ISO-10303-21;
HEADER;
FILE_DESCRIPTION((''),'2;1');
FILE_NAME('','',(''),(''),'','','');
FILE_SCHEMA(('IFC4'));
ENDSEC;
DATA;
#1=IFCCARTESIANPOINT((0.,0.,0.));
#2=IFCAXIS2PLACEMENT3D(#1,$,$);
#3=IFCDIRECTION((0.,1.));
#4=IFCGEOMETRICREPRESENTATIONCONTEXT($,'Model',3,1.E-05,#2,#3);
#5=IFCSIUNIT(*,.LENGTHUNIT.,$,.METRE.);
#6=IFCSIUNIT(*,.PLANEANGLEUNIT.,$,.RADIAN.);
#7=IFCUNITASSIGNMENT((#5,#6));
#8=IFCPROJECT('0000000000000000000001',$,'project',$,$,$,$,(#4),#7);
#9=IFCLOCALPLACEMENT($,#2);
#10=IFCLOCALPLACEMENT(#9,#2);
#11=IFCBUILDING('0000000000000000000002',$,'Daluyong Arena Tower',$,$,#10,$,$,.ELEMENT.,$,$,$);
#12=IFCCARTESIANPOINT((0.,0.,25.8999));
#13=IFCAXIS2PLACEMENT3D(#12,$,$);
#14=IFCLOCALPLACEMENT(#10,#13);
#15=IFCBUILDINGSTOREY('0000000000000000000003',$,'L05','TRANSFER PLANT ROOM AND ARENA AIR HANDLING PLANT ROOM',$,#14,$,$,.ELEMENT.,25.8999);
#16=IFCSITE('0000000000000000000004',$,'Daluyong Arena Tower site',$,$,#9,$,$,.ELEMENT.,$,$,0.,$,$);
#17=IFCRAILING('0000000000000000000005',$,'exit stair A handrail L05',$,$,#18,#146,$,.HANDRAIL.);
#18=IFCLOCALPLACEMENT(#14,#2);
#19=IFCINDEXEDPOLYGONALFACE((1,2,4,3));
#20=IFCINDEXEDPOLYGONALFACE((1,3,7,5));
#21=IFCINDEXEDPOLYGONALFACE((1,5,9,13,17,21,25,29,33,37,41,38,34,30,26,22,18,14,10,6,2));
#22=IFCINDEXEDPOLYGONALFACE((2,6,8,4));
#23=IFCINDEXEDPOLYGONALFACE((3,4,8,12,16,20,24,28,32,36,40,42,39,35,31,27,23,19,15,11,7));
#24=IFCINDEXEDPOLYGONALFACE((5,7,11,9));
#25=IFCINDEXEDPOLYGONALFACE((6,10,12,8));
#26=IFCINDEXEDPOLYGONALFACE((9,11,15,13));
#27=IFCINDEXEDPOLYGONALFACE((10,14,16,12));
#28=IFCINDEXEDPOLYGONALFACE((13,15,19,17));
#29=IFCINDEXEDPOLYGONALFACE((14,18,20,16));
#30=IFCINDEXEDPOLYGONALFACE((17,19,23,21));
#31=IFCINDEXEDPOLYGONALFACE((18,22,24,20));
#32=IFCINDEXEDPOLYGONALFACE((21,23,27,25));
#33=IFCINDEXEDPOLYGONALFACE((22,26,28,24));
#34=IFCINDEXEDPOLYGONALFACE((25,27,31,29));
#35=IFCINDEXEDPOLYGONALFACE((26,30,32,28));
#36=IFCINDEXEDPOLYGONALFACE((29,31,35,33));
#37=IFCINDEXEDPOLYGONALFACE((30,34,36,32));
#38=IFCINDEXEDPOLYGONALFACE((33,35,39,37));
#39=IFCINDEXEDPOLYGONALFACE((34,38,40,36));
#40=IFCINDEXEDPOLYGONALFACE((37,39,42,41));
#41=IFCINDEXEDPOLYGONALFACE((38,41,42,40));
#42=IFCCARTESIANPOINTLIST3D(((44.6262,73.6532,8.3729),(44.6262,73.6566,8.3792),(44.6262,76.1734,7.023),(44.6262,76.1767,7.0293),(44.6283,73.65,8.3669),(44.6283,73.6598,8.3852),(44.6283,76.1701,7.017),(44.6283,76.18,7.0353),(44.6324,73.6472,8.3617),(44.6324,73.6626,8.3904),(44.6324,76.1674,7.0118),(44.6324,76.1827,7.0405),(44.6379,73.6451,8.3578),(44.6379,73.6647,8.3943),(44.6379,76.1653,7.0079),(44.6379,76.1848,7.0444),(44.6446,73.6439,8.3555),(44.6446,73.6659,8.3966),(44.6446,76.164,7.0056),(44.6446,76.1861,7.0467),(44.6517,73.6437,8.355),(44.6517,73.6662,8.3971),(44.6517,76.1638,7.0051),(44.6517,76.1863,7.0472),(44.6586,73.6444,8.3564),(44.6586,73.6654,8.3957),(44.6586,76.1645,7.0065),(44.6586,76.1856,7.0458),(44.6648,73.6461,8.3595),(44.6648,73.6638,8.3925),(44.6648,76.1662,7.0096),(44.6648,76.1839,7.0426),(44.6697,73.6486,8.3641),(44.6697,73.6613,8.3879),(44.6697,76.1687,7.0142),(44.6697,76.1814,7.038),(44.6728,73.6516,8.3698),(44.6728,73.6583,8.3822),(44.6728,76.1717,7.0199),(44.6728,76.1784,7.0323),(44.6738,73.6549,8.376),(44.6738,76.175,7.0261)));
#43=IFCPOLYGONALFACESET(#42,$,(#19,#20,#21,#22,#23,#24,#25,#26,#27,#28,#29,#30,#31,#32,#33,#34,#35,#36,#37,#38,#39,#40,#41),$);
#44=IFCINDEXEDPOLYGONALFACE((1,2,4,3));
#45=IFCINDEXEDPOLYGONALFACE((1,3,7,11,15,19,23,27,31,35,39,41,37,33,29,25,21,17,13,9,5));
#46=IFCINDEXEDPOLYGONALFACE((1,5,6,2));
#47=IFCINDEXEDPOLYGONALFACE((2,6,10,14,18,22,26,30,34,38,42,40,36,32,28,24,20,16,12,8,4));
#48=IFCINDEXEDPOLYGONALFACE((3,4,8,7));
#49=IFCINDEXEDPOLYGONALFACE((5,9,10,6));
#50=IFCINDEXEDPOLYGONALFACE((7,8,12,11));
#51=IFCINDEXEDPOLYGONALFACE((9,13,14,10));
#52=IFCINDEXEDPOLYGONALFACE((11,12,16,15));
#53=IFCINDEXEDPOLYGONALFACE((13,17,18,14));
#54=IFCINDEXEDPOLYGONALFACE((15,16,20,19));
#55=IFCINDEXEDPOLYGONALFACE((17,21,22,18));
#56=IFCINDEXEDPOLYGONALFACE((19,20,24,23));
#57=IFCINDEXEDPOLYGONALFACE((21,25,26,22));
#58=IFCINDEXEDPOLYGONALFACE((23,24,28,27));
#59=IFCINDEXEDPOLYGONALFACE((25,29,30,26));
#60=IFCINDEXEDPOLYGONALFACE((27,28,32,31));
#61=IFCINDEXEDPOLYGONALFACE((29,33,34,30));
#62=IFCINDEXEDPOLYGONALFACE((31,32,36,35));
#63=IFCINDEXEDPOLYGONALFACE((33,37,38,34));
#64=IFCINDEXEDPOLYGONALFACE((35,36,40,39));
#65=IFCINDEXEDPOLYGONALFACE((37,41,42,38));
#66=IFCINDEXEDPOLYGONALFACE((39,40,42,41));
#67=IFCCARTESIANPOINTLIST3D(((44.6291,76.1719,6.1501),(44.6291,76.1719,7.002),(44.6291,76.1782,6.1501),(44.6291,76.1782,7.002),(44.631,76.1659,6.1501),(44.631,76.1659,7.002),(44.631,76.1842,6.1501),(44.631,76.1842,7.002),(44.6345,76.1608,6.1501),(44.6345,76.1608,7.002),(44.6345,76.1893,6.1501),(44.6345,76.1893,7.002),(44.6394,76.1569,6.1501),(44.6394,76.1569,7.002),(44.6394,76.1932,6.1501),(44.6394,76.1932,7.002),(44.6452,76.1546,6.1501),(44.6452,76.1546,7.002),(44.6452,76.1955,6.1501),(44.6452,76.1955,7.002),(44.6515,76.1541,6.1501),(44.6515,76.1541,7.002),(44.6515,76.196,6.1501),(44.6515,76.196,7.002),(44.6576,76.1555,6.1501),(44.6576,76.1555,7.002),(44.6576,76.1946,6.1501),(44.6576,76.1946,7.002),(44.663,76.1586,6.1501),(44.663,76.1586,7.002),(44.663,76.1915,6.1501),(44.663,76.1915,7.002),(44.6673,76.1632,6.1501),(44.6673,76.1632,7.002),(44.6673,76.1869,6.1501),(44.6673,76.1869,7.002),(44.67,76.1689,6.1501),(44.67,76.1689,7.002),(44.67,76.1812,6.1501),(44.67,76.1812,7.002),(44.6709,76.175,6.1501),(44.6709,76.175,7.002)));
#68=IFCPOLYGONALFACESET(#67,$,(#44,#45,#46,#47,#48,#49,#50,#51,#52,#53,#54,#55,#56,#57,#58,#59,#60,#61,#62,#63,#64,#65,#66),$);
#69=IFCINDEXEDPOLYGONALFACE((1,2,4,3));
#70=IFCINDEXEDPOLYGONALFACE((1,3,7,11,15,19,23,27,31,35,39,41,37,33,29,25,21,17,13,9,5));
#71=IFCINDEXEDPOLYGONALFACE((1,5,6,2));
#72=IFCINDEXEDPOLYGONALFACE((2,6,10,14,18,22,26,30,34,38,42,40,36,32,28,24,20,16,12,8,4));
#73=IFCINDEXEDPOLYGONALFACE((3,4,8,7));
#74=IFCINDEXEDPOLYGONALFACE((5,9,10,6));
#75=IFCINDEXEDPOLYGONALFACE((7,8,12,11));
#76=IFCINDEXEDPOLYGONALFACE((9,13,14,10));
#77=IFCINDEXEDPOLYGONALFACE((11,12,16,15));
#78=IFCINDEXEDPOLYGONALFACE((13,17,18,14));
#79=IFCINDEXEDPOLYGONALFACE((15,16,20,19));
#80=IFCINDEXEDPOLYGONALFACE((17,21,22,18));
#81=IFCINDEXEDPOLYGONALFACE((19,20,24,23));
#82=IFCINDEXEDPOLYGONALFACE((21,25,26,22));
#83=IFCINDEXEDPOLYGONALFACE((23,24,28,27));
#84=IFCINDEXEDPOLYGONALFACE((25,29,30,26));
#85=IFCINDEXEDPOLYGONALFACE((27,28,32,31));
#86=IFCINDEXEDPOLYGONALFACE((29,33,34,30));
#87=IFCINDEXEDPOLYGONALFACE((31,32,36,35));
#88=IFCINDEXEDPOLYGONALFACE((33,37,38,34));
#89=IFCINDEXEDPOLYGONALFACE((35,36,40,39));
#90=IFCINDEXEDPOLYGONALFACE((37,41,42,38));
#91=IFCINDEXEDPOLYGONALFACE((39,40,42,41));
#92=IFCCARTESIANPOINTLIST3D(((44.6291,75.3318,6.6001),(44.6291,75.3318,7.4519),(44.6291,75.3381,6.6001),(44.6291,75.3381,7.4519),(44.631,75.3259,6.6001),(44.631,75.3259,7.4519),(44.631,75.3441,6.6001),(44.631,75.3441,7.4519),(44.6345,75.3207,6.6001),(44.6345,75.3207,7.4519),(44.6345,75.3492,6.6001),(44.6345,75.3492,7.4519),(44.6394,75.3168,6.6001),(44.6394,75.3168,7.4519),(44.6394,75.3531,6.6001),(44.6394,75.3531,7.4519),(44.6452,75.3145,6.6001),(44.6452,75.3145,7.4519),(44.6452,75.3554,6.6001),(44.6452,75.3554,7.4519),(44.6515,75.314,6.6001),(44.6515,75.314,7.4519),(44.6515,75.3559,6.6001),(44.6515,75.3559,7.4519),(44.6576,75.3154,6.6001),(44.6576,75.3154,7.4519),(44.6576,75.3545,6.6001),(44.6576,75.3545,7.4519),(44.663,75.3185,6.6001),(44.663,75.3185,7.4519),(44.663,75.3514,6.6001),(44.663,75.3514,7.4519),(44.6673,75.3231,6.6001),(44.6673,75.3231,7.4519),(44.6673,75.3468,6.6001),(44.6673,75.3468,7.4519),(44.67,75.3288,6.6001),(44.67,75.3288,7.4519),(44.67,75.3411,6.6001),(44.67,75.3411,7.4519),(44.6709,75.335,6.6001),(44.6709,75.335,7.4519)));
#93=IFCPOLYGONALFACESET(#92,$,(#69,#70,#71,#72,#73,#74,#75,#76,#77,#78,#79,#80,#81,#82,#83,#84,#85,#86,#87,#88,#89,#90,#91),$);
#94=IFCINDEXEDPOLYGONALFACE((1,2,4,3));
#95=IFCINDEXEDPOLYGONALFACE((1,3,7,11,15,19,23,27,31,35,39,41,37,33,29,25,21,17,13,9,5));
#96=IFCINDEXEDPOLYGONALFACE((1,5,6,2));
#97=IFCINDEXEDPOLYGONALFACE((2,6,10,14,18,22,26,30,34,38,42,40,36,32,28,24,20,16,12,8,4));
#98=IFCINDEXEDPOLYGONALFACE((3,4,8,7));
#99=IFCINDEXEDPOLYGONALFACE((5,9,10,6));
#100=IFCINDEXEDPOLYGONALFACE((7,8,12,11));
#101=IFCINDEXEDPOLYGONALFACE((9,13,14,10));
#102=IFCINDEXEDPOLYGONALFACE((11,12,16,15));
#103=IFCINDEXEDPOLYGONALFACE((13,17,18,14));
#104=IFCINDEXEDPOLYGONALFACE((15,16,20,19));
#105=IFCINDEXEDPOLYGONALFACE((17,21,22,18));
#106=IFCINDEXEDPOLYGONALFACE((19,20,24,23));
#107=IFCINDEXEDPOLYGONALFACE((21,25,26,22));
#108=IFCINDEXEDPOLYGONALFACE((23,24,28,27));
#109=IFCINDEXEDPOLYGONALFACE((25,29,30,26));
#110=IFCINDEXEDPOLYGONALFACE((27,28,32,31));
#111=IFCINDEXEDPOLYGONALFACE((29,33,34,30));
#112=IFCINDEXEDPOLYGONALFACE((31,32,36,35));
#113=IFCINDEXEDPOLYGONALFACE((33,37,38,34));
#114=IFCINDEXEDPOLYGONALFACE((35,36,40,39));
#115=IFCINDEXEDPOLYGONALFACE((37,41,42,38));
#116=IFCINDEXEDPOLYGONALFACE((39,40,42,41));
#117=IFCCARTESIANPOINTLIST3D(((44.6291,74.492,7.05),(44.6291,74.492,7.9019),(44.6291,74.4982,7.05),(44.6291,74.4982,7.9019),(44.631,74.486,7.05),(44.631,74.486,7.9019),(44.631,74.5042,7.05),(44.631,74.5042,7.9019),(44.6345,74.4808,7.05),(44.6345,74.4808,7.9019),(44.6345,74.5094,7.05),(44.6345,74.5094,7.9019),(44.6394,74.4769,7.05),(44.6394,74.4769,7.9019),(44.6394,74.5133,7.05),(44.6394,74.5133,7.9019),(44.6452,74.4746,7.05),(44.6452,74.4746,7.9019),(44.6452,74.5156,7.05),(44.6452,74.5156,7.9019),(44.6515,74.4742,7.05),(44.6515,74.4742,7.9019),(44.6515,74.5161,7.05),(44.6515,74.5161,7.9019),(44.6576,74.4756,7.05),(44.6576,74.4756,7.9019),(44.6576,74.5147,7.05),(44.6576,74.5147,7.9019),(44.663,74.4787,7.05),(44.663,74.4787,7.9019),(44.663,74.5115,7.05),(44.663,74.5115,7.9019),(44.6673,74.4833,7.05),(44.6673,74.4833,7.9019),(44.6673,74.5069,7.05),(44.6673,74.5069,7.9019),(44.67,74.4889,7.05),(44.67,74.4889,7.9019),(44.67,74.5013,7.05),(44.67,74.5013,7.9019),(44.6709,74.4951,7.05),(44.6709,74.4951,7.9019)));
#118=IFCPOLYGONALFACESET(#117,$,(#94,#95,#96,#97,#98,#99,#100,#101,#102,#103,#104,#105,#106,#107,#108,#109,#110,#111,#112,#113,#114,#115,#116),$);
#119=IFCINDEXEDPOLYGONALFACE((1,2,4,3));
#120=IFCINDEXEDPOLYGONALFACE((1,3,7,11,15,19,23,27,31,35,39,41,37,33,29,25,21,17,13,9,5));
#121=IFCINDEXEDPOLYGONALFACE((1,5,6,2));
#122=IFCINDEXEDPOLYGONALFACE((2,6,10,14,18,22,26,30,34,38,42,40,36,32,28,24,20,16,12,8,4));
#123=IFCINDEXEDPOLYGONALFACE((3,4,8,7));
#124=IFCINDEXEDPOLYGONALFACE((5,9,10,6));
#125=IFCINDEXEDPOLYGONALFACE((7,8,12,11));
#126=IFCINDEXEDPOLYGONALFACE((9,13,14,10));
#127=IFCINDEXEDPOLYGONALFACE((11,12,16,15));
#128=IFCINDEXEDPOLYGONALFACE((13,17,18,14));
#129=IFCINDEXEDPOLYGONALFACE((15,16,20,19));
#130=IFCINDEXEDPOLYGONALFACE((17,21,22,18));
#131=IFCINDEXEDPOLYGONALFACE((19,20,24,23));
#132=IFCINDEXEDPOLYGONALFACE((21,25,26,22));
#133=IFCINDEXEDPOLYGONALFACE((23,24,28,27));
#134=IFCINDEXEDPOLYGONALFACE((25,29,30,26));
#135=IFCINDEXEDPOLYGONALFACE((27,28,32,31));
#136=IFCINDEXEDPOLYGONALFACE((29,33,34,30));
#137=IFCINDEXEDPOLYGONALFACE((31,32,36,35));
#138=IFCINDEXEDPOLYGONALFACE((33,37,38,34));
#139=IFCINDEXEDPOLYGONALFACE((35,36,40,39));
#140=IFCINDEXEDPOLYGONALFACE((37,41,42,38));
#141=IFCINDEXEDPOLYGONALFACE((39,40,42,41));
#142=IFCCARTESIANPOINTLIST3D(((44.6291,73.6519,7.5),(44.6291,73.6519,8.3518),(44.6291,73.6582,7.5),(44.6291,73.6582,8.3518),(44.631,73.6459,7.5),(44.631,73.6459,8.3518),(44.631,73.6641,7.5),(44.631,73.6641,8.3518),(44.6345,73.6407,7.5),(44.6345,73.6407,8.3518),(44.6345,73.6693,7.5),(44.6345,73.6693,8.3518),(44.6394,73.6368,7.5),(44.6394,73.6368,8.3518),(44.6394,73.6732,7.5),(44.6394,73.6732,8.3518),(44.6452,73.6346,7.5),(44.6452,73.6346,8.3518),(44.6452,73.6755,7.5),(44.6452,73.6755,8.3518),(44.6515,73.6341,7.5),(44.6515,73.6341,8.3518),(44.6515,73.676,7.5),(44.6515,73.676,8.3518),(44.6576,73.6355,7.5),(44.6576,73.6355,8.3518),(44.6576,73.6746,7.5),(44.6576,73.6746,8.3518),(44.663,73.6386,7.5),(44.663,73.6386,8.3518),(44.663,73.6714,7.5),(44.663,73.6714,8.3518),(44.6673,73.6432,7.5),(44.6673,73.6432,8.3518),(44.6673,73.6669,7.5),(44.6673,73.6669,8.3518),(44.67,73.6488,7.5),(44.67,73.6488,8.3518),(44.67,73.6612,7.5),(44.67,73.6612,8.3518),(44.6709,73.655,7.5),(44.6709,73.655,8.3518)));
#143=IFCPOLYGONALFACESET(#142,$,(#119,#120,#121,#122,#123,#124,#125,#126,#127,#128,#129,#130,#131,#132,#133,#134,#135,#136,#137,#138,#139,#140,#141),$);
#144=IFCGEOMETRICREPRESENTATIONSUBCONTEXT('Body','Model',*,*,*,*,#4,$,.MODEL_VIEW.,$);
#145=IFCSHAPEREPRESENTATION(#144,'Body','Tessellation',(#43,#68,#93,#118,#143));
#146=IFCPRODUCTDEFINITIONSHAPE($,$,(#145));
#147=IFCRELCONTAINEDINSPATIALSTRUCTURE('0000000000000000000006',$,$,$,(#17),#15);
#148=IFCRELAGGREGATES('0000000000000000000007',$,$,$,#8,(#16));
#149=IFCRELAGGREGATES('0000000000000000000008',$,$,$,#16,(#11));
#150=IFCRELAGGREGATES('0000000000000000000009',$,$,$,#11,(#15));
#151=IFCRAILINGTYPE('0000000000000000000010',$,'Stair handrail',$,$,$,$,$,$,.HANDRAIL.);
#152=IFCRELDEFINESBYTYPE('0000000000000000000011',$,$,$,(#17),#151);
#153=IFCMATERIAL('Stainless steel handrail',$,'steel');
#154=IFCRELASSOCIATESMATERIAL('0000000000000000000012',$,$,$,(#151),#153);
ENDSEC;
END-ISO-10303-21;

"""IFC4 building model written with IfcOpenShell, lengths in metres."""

from ifc_helpers import new_model, si_unit, direction, frame, origin, origin_2d, place, context, subcontext, project, spatial, circle, extrude, material, type_object, element, save


model = new_model("IFC4")

# Units and contexts
model_context = context("Model", 3, precision=1e-05, world=origin(), true_north=direction((0.0, 1.0)))
body_context = subcontext(model_context, "Body", "Model", "MODEL_VIEW")
ifc_project = project(units=[si_unit("LENGTHUNIT", "METRE"), si_unit("PLANEANGLEUNIT", "RADIAN")], contexts=[model_context])

# Site, building, storey
site_placement = place(None, origin())
site = spatial("IfcSite", under=ifc_project, at=site_placement, Name="Daluyong Arena Tower site", CompositionType="ELEMENT", RefElevation=0.0)
building_placement = place(site_placement, origin())
building = spatial("IfcBuilding", under=site, at=building_placement, Name="Daluyong Arena Tower", CompositionType="ELEMENT")
storey_placement = place(building_placement, frame((0.0, 0.0, 25.8999)))
storey = spatial("IfcBuildingStorey", under=building, at=storey_placement, Name="L05", Description="TRANSFER PLANT ROOM AND ARENA AIR HANDLING PLANT ROOM", CompositionType="ELEMENT", Elevation=25.8999)

# Railing
ifc_material_1 = material(Name="Stainless steel handrail", Category="steel")
railing_type_1 = type_object("IfcRailingType", Name="Stair handrail", PredefinedType="HANDRAIL", material=ifc_material_1)
for number, where, name in (
    (1, (44.6499, 76.175, 6.1501), "exit stair A handrail L05"),
):
    element("IfcRailing", number, at=place(storey_placement, frame(where)), inside=storey, type_object=railing_type_1, Name=name, PredefinedType="HANDRAIL", context=body_context, shape_type="SweptSolid", body=[
        extrude(circle(Radius=0.0239, at=origin_2d()), frame((0.0, 0.0, 0.876), z_axis=(0.0, -0.881503, 0.472179), x_axis=(1.0, 0.0, 0.0)), (0.0, 0.0, 1.0), 2.8589),
        extrude(circle(Radius=0.021, at=origin_2d()), origin(), (0.0, 0.0, 1.0), 0.8518),
        extrude(circle(Radius=0.021, at=origin_2d()), frame((0.0, -0.8401, 0.45)), (0.0, 0.0, 1.0), 0.8518),
        extrude(circle(Radius=0.021, at=origin_2d()), frame((0.0, -1.6799, 0.8999)), (0.0, 0.0, 1.0), 0.8518),
        extrude(circle(Radius=0.021, at=origin_2d()), frame((0.0, -2.52, 1.3499)), (0.0, 0.0, 1.0), 0.8518),
    ])

save(model, "model.ifc")
